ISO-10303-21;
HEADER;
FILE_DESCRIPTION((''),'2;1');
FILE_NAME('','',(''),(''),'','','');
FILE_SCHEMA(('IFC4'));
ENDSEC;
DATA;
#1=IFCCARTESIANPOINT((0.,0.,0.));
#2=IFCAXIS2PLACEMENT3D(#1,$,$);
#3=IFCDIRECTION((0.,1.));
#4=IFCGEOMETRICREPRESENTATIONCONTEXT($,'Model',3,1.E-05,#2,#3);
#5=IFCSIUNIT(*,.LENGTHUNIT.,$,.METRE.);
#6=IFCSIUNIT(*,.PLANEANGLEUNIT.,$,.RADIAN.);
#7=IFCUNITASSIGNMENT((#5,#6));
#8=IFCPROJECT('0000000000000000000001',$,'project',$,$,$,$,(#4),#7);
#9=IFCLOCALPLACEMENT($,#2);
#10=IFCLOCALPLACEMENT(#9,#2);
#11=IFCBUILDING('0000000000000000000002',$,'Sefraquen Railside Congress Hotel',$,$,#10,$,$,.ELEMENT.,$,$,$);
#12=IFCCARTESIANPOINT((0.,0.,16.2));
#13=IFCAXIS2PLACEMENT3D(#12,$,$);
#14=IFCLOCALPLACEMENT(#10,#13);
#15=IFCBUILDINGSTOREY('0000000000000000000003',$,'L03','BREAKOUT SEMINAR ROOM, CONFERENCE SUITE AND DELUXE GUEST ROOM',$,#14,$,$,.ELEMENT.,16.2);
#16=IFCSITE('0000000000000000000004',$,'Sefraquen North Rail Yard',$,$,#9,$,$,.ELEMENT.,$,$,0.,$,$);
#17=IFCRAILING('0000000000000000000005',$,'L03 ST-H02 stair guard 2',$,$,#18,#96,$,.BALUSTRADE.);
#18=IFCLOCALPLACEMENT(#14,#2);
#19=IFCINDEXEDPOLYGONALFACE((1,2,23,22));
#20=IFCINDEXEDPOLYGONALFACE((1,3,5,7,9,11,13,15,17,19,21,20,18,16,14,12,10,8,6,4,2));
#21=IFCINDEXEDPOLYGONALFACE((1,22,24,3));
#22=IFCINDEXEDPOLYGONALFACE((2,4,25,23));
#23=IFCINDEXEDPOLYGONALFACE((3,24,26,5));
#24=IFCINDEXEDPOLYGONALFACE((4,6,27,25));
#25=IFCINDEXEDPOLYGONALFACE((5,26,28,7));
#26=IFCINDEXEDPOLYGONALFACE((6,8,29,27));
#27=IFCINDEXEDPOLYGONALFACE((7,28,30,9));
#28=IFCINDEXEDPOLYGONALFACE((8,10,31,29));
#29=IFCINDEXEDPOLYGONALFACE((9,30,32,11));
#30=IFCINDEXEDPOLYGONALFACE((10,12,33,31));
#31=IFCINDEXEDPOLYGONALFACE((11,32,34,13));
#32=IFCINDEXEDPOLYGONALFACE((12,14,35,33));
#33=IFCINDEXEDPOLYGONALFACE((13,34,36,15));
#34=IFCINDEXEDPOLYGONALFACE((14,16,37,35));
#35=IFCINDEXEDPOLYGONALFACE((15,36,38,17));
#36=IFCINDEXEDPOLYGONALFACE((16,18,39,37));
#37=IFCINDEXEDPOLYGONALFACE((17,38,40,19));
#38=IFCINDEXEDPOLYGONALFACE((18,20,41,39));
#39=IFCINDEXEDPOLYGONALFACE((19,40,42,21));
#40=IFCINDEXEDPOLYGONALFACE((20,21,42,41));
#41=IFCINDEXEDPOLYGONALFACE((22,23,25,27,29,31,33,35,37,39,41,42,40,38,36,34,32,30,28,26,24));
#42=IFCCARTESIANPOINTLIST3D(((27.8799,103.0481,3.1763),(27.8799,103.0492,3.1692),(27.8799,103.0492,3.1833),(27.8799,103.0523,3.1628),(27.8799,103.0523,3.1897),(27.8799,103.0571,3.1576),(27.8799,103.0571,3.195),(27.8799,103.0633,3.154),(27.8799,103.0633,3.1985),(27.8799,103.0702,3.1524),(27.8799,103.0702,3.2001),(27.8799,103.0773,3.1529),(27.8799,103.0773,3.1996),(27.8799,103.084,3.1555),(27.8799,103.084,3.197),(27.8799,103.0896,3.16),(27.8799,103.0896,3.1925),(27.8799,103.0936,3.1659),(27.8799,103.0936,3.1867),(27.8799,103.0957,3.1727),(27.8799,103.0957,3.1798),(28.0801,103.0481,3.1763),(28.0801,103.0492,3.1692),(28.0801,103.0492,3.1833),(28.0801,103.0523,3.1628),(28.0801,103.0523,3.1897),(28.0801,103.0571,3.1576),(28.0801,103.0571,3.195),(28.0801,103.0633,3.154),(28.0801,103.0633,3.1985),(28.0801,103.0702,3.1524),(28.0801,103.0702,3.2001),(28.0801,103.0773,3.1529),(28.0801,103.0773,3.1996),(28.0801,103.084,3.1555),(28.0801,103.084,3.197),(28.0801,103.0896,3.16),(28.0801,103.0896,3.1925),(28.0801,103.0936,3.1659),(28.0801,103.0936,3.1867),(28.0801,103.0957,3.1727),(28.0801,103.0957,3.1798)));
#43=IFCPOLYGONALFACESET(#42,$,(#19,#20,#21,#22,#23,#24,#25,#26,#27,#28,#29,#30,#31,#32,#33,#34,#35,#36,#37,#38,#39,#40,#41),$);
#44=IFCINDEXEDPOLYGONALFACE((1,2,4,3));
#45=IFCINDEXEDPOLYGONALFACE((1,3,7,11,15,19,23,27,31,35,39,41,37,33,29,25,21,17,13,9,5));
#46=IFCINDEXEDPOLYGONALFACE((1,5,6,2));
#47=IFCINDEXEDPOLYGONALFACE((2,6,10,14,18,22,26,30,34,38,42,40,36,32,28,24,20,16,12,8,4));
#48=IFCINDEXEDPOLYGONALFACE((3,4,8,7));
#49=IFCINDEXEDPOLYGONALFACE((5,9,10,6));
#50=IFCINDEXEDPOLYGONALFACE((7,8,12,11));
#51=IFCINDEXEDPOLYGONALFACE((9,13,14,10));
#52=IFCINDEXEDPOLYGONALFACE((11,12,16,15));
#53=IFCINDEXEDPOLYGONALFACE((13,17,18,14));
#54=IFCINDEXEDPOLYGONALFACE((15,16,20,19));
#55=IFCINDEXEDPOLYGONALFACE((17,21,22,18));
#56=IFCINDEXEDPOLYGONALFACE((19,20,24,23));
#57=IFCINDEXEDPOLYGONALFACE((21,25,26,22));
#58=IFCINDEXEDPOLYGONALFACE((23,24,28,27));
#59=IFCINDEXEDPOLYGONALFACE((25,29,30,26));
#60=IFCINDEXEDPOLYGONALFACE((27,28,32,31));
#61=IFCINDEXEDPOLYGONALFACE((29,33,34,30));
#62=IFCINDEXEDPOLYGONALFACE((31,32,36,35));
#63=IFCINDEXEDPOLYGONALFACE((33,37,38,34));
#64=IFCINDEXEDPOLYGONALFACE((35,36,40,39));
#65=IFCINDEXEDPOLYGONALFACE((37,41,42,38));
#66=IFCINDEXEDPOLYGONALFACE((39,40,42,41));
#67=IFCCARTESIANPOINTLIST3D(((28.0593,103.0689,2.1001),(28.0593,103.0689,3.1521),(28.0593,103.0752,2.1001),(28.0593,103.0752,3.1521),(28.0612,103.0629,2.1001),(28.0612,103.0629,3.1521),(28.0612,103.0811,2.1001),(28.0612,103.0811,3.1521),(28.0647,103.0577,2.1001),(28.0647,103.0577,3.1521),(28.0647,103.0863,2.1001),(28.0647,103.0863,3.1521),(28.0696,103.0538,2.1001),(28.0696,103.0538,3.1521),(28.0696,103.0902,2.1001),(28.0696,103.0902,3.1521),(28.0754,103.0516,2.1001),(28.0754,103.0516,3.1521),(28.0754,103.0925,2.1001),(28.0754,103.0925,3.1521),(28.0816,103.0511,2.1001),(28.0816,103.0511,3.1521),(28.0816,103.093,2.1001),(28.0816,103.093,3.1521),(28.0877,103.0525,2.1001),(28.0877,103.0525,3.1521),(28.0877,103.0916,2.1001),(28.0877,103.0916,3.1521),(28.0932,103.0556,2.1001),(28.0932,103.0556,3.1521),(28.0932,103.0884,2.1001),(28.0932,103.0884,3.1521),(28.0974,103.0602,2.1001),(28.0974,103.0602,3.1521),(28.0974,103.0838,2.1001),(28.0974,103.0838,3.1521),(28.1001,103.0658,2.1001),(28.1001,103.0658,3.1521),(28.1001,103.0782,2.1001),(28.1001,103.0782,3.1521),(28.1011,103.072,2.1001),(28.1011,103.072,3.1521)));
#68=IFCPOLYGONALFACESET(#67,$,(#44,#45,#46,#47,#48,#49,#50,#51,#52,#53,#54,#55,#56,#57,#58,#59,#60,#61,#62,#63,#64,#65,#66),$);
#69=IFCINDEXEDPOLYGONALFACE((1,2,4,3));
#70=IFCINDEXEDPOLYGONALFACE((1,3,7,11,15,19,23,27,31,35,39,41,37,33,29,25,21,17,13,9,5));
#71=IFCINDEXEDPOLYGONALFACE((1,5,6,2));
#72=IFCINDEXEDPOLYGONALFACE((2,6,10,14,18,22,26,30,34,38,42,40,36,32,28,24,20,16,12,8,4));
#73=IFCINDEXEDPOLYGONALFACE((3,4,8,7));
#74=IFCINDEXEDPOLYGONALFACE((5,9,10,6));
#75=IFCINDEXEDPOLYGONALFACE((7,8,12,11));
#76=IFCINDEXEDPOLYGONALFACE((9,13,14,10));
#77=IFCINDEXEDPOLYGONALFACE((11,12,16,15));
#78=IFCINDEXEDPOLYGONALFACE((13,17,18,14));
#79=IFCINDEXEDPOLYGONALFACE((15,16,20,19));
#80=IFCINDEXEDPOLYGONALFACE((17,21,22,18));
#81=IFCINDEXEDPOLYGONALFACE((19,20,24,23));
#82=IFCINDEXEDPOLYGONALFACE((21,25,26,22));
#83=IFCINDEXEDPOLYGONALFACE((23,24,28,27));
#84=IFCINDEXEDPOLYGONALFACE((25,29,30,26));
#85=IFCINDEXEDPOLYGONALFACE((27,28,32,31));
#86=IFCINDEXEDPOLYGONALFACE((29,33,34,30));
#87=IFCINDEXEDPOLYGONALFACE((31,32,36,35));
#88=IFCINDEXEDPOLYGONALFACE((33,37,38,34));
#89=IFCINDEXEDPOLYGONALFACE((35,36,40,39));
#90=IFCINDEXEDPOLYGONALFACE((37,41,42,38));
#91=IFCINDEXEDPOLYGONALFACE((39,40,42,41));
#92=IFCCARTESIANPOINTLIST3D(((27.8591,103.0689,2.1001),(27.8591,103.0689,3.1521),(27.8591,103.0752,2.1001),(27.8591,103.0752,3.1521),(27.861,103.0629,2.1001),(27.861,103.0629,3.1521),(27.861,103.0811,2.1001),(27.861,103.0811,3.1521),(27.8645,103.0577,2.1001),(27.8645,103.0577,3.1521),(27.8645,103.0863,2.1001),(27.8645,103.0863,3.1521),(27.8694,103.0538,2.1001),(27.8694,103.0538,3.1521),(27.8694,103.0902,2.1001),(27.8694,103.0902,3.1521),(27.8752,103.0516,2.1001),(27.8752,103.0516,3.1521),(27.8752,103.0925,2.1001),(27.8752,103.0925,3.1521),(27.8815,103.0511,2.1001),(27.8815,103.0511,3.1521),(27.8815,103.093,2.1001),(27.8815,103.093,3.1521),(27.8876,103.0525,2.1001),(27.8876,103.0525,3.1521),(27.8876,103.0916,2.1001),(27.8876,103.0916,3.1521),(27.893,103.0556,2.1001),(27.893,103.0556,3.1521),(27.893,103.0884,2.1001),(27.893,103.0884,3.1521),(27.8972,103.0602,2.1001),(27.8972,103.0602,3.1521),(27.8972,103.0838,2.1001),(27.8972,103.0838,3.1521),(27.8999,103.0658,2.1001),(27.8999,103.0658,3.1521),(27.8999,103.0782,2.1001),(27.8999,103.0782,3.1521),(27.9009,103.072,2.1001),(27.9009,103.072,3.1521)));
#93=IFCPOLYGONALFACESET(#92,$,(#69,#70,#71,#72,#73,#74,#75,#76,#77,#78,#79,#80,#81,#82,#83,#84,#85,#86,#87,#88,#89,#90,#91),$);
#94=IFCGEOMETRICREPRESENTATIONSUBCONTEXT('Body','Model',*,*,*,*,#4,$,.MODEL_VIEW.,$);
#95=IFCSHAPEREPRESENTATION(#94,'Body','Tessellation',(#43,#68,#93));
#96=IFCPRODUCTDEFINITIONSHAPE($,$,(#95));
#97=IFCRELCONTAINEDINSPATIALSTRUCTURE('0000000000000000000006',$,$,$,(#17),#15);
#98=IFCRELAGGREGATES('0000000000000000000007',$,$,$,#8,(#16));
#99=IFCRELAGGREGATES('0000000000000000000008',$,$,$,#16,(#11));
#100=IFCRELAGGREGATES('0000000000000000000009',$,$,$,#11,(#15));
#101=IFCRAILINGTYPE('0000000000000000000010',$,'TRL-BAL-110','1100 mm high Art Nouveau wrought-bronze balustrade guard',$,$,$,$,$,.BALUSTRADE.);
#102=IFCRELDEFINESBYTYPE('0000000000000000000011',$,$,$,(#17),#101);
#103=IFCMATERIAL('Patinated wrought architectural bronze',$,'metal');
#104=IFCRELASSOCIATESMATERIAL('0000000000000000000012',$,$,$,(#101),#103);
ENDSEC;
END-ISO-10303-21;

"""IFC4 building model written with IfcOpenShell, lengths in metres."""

from ifc_helpers import new_model, si_unit, direction, frame, origin, origin_2d, place, context, subcontext, project, spatial, circle, extrude, material, type_object, element, save


model = new_model("IFC4")

# Units and contexts
model_context = context("Model", 3, precision=1e-05, world=origin(), true_north=direction((0.0, 1.0)))
body_context = subcontext(model_context, "Body", "Model", "MODEL_VIEW")
ifc_project = project(units=[si_unit("LENGTHUNIT", "METRE"), si_unit("PLANEANGLEUNIT", "RADIAN")], contexts=[model_context])

# Site, building, storey
site_placement = place(None, origin())
site = spatial("IfcSite", under=ifc_project, at=site_placement, Name="Sefraquen North Rail Yard", CompositionType="ELEMENT", RefElevation=0.0)
building_placement = place(site_placement, origin())
building = spatial("IfcBuilding", under=site, at=building_placement, Name="Sefraquen Railside Congress Hotel", CompositionType="ELEMENT")
storey_placement = place(building_placement, frame((0.0, 0.0, 16.2)))
storey = spatial("IfcBuildingStorey", under=building, at=storey_placement, Name="L03", Description="BREAKOUT SEMINAR ROOM, CONFERENCE SUITE AND DELUXE GUEST ROOM", CompositionType="ELEMENT", Elevation=16.2)

# Railing
ifc_material_1 = material(Name="Patinated wrought architectural bronze", Category="metal")
railing_type_1 = type_object("IfcRailingType", Name="TRL-BAL-110", Description="1100 mm high Art Nouveau wrought-bronze balustrade guard", PredefinedType="BALUSTRADE", material=ifc_material_1)
railing_1_placement = place(storey_placement, frame((28.0801, 103.072, 2.1001)))
element("IfcRailing", 1, at=railing_1_placement, inside=storey, type_object=railing_type_1, Name="L03 ST-H02 stair guard 2", PredefinedType="BALUSTRADE", context=body_context, shape_type="SweptSolid", body=[
    extrude(circle(Radius=0.0239, at=origin_2d()), frame((0.0, 0.0, 1.0762), z_axis=(-1.0, 0.0, 0.0), x_axis=(0.0, -1.0, 0.0)), (0.0, 0.0, 1.0), 0.2002),
    extrude(circle(Radius=0.021, at=origin_2d()), origin(), (0.0, 0.0, 1.0), 1.052),
    extrude(circle(Radius=0.021, at=origin_2d()), frame((-0.2002, 0.0, 0.0)), (0.0, 0.0, 1.0), 1.052),
])

save(model, "model.ifc")
